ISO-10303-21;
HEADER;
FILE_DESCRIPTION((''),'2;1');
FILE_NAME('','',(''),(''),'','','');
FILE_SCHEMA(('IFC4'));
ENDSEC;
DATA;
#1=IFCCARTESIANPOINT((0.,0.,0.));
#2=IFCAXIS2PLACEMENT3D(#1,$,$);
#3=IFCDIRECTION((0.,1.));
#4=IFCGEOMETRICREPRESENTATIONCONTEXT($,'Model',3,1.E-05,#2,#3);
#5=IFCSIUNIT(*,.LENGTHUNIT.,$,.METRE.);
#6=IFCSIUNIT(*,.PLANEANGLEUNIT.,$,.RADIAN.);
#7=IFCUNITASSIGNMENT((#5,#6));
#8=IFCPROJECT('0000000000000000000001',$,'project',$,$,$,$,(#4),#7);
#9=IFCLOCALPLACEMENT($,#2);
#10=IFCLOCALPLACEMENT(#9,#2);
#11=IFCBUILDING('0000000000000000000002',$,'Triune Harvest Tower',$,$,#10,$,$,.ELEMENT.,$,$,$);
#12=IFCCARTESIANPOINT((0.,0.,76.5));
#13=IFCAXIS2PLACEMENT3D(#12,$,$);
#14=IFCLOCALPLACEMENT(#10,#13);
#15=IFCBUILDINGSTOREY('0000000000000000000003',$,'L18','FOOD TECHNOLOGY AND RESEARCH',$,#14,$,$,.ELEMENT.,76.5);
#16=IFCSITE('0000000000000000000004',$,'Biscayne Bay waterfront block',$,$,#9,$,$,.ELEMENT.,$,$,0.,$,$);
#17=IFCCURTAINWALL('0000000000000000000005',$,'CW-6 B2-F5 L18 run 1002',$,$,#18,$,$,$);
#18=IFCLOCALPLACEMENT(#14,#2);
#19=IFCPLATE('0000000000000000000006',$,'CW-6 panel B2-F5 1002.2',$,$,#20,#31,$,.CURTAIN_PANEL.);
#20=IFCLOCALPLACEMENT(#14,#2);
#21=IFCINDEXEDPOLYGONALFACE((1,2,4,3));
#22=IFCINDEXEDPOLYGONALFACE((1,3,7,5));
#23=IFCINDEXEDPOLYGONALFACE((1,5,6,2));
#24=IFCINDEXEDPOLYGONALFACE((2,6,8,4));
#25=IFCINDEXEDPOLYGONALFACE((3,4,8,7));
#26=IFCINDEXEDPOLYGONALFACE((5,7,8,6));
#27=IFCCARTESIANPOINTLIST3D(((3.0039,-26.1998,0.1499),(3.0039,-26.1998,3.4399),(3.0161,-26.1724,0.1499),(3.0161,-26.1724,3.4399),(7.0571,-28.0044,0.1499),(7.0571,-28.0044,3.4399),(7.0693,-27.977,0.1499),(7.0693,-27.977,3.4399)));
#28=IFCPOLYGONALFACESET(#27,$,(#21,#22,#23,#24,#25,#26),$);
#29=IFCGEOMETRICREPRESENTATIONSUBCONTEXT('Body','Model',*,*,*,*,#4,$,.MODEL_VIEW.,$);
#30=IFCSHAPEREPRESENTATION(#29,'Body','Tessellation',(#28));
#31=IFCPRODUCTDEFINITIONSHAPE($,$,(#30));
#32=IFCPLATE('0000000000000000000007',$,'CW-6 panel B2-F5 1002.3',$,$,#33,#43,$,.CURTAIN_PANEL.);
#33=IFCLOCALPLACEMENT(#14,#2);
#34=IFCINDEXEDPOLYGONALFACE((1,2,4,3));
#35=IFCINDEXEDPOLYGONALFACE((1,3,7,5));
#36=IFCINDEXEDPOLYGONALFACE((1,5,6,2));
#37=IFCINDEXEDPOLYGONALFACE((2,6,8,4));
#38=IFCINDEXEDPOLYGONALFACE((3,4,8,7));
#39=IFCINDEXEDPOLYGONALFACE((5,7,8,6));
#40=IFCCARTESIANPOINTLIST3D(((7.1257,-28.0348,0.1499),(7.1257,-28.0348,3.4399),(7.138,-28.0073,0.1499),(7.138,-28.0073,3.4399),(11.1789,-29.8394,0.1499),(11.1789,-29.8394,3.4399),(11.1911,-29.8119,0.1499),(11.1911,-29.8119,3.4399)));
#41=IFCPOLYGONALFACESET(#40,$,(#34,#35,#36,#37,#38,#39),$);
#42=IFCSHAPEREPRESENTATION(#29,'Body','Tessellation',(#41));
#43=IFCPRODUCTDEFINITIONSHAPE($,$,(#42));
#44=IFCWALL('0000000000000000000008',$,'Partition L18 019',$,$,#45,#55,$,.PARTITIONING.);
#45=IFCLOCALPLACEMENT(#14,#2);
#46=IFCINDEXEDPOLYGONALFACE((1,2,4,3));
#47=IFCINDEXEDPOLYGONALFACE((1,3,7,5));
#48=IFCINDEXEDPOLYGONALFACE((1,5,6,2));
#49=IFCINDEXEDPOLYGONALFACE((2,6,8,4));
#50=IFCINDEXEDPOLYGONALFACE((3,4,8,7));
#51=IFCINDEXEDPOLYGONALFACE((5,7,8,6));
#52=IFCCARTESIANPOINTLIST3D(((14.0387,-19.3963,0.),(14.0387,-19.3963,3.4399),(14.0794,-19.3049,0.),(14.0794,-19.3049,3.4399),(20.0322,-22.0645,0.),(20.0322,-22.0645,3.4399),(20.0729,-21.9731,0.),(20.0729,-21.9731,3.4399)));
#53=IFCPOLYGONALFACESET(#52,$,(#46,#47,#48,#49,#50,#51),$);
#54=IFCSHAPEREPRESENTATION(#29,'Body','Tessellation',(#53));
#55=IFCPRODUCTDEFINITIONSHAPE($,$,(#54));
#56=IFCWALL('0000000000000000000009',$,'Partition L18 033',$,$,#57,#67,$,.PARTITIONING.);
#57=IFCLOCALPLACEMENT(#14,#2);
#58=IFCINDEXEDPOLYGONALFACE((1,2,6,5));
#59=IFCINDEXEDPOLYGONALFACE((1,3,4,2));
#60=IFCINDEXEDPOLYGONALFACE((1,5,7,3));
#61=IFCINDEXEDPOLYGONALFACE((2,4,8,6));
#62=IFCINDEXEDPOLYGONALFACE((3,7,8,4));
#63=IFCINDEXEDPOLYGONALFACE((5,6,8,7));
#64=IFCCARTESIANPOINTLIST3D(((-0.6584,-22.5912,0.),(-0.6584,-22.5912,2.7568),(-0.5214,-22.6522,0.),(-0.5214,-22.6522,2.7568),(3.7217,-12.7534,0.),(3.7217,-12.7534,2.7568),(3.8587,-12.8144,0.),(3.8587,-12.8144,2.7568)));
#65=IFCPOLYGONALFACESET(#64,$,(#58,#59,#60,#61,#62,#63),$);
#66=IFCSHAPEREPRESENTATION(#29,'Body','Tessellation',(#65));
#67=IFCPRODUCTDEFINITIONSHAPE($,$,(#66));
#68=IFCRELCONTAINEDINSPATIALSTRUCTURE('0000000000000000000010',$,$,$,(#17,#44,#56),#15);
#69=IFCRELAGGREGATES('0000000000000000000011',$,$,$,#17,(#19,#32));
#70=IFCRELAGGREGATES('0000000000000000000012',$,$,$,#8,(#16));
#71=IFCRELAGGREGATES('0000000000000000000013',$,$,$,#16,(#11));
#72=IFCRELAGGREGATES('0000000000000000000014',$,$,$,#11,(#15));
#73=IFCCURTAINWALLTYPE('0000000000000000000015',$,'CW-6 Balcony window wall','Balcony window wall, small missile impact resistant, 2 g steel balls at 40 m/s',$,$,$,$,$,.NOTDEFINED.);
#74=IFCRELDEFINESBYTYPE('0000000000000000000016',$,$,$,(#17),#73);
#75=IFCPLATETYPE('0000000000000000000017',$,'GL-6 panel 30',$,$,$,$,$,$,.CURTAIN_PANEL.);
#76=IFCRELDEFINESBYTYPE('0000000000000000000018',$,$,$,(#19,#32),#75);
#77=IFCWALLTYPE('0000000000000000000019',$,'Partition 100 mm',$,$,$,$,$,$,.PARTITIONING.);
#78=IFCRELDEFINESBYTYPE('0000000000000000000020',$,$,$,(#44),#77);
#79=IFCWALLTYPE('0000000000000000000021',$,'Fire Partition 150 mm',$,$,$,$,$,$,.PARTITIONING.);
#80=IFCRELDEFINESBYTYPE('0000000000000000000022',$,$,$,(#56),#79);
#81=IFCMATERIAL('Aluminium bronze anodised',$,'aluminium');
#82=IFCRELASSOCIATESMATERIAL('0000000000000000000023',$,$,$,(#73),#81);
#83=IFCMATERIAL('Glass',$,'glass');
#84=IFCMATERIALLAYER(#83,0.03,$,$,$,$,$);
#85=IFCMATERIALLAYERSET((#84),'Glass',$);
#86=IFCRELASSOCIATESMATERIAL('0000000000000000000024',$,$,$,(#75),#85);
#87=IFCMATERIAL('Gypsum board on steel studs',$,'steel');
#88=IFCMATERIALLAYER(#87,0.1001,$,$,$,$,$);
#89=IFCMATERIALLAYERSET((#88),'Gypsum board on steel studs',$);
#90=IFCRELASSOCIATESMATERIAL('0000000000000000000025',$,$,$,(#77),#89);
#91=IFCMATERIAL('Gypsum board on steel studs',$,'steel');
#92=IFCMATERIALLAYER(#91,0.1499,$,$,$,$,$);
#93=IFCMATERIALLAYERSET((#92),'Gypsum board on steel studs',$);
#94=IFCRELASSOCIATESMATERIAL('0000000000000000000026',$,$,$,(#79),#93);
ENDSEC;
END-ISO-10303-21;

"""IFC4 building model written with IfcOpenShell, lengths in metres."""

from ifc_helpers import new_model, si_unit, direction, frame, frame_2d, origin, origin_2d, place, context, subcontext, project, spatial, rectangle, extrude, source, transform, mapped, material, layer, layer_set, type_object, element, aggregate, save


model = new_model("IFC4")

# Units and contexts
model_context = context("Model", 3, precision=1e-05, world=origin(), true_north=direction((0.0, 1.0)))
body_context = subcontext(model_context, "Body", "Model", "MODEL_VIEW")
ifc_project = project(units=[si_unit("LENGTHUNIT", "METRE"), si_unit("PLANEANGLEUNIT", "RADIAN")], contexts=[model_context])

# Site, building, storey
site_placement = place(None, origin())
site = spatial("IfcSite", under=ifc_project, at=site_placement, Name="Biscayne Bay waterfront block", CompositionType="ELEMENT", RefElevation=0.0)
building_placement = place(site_placement, origin())
building = spatial("IfcBuilding", under=site, at=building_placement, Name="Triune Harvest Tower", CompositionType="ELEMENT")
storey_placement = place(building_placement, frame((0.0, 0.0, 76.5)))
storey = spatial("IfcBuildingStorey", under=building, at=storey_placement, Name="L18", Description="FOOD TECHNOLOGY AND RESEARCH", CompositionType="ELEMENT", Elevation=76.5)

# Curtain wall, plates
ifc_material_1 = material(Name="Aluminium bronze anodised", Category="aluminium")
curtain_wall_type_1 = type_object("IfcCurtainWallType", Name="CW-6 Balcony window wall", Description="Balcony window wall, small missile impact resistant, 2 g steel balls at 40 m/s", PredefinedType="NOTDEFINED", material=ifc_material_1)
curtain_wall_1_placement = place(storey_placement, origin())
curtain_wall_1 = element("IfcCurtainWall", 1, at=curtain_wall_1_placement, inside=storey, type_object=curtain_wall_type_1, Name="CW-6 B2-F5 L18 run 1002")
ifc_material_2 = material(Name="Glass", Category="glass")
ifc_layer_1 = layer(ifc_material_2, 0.03)
ifc_layer_set_1 = layer_set([ifc_layer_1], Name="Glass")
plate_type = type_object("IfcPlateType", Name="GL-6 panel 30", PredefinedType="CURTAIN_PANEL", material=ifc_layer_set_1)
shared_shape_1 = source(origin(), body_context, "Body", "SweptSolid", [
    extrude(rectangle(XDim=4.4368, YDim=0.03, at=origin_2d()), origin(), (0.0, 0.0, 1.0), 3.29),
])
plate_1_placement = place(storey_placement, frame((5.0366, -27.0884, 0.1499), z_axis=(0.0, 0.0, 1.0), x_axis=(0.913545, -0.406737, 0.0)))
plate_1 = element("IfcPlate", 2, at=plate_1_placement, type_object=plate_type, Name="CW-6 panel B2-F5 1002.2", PredefinedType="CURTAIN_PANEL", context=body_context, shape_type="MappedRepresentation", body=[
    mapped(shared_shape_1, transform((0.0, 0.0, 0.0), scale=1.0)),
])
plate_2_placement = place(storey_placement, frame((9.1584, -28.9233, 0.1499), z_axis=(0.0, 0.0, 1.0), x_axis=(0.913545, -0.406737, 0.0)))
plate_2 = element("IfcPlate", 3, at=plate_2_placement, type_object=plate_type, Name="CW-6 panel B2-F5 1002.3", PredefinedType="CURTAIN_PANEL", context=body_context, shape_type="MappedRepresentation", body=[
    mapped(shared_shape_1, transform((0.0, 0.0, 0.0), scale=1.0)),
])
aggregate(curtain_wall_1, [plate_1, plate_2])

# Walls
ifc_material_3 = material(Name="Gypsum board on steel studs", Category="steel")
ifc_layer_2 = layer(ifc_material_3, 0.1001)
ifc_layer_set_2 = layer_set([ifc_layer_2], Name="Gypsum board on steel studs")
wall_type_1 = type_object("IfcWallType", Name="Partition 100 mm", PredefinedType="PARTITIONING", material=ifc_layer_set_2)
wall_1_placement = place(storey_placement, frame((14.0591, -19.3506, 0.0), z_axis=(0.0, 0.0, 1.0), x_axis=(0.913558, -0.406708, 0.0)))
element("IfcWall", 4, at=wall_1_placement, inside=storey, type_object=wall_type_1, Name="Partition L18 019", PredefinedType="PARTITIONING", context=body_context, shape_type="SweptSolid", body=[
    extrude(rectangle(XDim=6.5605, YDim=0.1001, at=frame_2d((3.2803, 0.0))), origin(), (0.0, 0.0, 1.0), 3.4399),
])
ifc_material_4 = material(Name="Gypsum board on steel studs", Category="steel")
ifc_layer_3 = layer(ifc_material_4, 0.1499)
ifc_layer_set_3 = layer_set([ifc_layer_3], Name="Gypsum board on steel studs")
wall_type_2 = type_object("IfcWallType", Name="Fire Partition 150 mm", PredefinedType="PARTITIONING", material=ifc_layer_set_3)
shared_shape_2 = source(origin(), body_context, "Body", "SweptSolid", [
    extrude(rectangle(XDim=10.7688, YDim=0.1499, at=frame_2d((5.3843, 0.0))), origin(), (0.0, 0.0, 1.0), 2.7568),
])
wall_2_placement = place(storey_placement, frame((-0.5898, -22.6216, 0.0), z_axis=(0.0, 0.0, 1.0), x_axis=(0.406738, 0.913545, 0.0)))
element("IfcWall", 5, at=wall_2_placement, inside=storey, type_object=wall_type_2, Name="Partition L18 033", PredefinedType="PARTITIONING", context=body_context, shape_type="MappedRepresentation", body=[
    mapped(shared_shape_2, transform((0.0, 0.0, 0.0), scale=1.0)),
])

save(model, "model.ifc")
